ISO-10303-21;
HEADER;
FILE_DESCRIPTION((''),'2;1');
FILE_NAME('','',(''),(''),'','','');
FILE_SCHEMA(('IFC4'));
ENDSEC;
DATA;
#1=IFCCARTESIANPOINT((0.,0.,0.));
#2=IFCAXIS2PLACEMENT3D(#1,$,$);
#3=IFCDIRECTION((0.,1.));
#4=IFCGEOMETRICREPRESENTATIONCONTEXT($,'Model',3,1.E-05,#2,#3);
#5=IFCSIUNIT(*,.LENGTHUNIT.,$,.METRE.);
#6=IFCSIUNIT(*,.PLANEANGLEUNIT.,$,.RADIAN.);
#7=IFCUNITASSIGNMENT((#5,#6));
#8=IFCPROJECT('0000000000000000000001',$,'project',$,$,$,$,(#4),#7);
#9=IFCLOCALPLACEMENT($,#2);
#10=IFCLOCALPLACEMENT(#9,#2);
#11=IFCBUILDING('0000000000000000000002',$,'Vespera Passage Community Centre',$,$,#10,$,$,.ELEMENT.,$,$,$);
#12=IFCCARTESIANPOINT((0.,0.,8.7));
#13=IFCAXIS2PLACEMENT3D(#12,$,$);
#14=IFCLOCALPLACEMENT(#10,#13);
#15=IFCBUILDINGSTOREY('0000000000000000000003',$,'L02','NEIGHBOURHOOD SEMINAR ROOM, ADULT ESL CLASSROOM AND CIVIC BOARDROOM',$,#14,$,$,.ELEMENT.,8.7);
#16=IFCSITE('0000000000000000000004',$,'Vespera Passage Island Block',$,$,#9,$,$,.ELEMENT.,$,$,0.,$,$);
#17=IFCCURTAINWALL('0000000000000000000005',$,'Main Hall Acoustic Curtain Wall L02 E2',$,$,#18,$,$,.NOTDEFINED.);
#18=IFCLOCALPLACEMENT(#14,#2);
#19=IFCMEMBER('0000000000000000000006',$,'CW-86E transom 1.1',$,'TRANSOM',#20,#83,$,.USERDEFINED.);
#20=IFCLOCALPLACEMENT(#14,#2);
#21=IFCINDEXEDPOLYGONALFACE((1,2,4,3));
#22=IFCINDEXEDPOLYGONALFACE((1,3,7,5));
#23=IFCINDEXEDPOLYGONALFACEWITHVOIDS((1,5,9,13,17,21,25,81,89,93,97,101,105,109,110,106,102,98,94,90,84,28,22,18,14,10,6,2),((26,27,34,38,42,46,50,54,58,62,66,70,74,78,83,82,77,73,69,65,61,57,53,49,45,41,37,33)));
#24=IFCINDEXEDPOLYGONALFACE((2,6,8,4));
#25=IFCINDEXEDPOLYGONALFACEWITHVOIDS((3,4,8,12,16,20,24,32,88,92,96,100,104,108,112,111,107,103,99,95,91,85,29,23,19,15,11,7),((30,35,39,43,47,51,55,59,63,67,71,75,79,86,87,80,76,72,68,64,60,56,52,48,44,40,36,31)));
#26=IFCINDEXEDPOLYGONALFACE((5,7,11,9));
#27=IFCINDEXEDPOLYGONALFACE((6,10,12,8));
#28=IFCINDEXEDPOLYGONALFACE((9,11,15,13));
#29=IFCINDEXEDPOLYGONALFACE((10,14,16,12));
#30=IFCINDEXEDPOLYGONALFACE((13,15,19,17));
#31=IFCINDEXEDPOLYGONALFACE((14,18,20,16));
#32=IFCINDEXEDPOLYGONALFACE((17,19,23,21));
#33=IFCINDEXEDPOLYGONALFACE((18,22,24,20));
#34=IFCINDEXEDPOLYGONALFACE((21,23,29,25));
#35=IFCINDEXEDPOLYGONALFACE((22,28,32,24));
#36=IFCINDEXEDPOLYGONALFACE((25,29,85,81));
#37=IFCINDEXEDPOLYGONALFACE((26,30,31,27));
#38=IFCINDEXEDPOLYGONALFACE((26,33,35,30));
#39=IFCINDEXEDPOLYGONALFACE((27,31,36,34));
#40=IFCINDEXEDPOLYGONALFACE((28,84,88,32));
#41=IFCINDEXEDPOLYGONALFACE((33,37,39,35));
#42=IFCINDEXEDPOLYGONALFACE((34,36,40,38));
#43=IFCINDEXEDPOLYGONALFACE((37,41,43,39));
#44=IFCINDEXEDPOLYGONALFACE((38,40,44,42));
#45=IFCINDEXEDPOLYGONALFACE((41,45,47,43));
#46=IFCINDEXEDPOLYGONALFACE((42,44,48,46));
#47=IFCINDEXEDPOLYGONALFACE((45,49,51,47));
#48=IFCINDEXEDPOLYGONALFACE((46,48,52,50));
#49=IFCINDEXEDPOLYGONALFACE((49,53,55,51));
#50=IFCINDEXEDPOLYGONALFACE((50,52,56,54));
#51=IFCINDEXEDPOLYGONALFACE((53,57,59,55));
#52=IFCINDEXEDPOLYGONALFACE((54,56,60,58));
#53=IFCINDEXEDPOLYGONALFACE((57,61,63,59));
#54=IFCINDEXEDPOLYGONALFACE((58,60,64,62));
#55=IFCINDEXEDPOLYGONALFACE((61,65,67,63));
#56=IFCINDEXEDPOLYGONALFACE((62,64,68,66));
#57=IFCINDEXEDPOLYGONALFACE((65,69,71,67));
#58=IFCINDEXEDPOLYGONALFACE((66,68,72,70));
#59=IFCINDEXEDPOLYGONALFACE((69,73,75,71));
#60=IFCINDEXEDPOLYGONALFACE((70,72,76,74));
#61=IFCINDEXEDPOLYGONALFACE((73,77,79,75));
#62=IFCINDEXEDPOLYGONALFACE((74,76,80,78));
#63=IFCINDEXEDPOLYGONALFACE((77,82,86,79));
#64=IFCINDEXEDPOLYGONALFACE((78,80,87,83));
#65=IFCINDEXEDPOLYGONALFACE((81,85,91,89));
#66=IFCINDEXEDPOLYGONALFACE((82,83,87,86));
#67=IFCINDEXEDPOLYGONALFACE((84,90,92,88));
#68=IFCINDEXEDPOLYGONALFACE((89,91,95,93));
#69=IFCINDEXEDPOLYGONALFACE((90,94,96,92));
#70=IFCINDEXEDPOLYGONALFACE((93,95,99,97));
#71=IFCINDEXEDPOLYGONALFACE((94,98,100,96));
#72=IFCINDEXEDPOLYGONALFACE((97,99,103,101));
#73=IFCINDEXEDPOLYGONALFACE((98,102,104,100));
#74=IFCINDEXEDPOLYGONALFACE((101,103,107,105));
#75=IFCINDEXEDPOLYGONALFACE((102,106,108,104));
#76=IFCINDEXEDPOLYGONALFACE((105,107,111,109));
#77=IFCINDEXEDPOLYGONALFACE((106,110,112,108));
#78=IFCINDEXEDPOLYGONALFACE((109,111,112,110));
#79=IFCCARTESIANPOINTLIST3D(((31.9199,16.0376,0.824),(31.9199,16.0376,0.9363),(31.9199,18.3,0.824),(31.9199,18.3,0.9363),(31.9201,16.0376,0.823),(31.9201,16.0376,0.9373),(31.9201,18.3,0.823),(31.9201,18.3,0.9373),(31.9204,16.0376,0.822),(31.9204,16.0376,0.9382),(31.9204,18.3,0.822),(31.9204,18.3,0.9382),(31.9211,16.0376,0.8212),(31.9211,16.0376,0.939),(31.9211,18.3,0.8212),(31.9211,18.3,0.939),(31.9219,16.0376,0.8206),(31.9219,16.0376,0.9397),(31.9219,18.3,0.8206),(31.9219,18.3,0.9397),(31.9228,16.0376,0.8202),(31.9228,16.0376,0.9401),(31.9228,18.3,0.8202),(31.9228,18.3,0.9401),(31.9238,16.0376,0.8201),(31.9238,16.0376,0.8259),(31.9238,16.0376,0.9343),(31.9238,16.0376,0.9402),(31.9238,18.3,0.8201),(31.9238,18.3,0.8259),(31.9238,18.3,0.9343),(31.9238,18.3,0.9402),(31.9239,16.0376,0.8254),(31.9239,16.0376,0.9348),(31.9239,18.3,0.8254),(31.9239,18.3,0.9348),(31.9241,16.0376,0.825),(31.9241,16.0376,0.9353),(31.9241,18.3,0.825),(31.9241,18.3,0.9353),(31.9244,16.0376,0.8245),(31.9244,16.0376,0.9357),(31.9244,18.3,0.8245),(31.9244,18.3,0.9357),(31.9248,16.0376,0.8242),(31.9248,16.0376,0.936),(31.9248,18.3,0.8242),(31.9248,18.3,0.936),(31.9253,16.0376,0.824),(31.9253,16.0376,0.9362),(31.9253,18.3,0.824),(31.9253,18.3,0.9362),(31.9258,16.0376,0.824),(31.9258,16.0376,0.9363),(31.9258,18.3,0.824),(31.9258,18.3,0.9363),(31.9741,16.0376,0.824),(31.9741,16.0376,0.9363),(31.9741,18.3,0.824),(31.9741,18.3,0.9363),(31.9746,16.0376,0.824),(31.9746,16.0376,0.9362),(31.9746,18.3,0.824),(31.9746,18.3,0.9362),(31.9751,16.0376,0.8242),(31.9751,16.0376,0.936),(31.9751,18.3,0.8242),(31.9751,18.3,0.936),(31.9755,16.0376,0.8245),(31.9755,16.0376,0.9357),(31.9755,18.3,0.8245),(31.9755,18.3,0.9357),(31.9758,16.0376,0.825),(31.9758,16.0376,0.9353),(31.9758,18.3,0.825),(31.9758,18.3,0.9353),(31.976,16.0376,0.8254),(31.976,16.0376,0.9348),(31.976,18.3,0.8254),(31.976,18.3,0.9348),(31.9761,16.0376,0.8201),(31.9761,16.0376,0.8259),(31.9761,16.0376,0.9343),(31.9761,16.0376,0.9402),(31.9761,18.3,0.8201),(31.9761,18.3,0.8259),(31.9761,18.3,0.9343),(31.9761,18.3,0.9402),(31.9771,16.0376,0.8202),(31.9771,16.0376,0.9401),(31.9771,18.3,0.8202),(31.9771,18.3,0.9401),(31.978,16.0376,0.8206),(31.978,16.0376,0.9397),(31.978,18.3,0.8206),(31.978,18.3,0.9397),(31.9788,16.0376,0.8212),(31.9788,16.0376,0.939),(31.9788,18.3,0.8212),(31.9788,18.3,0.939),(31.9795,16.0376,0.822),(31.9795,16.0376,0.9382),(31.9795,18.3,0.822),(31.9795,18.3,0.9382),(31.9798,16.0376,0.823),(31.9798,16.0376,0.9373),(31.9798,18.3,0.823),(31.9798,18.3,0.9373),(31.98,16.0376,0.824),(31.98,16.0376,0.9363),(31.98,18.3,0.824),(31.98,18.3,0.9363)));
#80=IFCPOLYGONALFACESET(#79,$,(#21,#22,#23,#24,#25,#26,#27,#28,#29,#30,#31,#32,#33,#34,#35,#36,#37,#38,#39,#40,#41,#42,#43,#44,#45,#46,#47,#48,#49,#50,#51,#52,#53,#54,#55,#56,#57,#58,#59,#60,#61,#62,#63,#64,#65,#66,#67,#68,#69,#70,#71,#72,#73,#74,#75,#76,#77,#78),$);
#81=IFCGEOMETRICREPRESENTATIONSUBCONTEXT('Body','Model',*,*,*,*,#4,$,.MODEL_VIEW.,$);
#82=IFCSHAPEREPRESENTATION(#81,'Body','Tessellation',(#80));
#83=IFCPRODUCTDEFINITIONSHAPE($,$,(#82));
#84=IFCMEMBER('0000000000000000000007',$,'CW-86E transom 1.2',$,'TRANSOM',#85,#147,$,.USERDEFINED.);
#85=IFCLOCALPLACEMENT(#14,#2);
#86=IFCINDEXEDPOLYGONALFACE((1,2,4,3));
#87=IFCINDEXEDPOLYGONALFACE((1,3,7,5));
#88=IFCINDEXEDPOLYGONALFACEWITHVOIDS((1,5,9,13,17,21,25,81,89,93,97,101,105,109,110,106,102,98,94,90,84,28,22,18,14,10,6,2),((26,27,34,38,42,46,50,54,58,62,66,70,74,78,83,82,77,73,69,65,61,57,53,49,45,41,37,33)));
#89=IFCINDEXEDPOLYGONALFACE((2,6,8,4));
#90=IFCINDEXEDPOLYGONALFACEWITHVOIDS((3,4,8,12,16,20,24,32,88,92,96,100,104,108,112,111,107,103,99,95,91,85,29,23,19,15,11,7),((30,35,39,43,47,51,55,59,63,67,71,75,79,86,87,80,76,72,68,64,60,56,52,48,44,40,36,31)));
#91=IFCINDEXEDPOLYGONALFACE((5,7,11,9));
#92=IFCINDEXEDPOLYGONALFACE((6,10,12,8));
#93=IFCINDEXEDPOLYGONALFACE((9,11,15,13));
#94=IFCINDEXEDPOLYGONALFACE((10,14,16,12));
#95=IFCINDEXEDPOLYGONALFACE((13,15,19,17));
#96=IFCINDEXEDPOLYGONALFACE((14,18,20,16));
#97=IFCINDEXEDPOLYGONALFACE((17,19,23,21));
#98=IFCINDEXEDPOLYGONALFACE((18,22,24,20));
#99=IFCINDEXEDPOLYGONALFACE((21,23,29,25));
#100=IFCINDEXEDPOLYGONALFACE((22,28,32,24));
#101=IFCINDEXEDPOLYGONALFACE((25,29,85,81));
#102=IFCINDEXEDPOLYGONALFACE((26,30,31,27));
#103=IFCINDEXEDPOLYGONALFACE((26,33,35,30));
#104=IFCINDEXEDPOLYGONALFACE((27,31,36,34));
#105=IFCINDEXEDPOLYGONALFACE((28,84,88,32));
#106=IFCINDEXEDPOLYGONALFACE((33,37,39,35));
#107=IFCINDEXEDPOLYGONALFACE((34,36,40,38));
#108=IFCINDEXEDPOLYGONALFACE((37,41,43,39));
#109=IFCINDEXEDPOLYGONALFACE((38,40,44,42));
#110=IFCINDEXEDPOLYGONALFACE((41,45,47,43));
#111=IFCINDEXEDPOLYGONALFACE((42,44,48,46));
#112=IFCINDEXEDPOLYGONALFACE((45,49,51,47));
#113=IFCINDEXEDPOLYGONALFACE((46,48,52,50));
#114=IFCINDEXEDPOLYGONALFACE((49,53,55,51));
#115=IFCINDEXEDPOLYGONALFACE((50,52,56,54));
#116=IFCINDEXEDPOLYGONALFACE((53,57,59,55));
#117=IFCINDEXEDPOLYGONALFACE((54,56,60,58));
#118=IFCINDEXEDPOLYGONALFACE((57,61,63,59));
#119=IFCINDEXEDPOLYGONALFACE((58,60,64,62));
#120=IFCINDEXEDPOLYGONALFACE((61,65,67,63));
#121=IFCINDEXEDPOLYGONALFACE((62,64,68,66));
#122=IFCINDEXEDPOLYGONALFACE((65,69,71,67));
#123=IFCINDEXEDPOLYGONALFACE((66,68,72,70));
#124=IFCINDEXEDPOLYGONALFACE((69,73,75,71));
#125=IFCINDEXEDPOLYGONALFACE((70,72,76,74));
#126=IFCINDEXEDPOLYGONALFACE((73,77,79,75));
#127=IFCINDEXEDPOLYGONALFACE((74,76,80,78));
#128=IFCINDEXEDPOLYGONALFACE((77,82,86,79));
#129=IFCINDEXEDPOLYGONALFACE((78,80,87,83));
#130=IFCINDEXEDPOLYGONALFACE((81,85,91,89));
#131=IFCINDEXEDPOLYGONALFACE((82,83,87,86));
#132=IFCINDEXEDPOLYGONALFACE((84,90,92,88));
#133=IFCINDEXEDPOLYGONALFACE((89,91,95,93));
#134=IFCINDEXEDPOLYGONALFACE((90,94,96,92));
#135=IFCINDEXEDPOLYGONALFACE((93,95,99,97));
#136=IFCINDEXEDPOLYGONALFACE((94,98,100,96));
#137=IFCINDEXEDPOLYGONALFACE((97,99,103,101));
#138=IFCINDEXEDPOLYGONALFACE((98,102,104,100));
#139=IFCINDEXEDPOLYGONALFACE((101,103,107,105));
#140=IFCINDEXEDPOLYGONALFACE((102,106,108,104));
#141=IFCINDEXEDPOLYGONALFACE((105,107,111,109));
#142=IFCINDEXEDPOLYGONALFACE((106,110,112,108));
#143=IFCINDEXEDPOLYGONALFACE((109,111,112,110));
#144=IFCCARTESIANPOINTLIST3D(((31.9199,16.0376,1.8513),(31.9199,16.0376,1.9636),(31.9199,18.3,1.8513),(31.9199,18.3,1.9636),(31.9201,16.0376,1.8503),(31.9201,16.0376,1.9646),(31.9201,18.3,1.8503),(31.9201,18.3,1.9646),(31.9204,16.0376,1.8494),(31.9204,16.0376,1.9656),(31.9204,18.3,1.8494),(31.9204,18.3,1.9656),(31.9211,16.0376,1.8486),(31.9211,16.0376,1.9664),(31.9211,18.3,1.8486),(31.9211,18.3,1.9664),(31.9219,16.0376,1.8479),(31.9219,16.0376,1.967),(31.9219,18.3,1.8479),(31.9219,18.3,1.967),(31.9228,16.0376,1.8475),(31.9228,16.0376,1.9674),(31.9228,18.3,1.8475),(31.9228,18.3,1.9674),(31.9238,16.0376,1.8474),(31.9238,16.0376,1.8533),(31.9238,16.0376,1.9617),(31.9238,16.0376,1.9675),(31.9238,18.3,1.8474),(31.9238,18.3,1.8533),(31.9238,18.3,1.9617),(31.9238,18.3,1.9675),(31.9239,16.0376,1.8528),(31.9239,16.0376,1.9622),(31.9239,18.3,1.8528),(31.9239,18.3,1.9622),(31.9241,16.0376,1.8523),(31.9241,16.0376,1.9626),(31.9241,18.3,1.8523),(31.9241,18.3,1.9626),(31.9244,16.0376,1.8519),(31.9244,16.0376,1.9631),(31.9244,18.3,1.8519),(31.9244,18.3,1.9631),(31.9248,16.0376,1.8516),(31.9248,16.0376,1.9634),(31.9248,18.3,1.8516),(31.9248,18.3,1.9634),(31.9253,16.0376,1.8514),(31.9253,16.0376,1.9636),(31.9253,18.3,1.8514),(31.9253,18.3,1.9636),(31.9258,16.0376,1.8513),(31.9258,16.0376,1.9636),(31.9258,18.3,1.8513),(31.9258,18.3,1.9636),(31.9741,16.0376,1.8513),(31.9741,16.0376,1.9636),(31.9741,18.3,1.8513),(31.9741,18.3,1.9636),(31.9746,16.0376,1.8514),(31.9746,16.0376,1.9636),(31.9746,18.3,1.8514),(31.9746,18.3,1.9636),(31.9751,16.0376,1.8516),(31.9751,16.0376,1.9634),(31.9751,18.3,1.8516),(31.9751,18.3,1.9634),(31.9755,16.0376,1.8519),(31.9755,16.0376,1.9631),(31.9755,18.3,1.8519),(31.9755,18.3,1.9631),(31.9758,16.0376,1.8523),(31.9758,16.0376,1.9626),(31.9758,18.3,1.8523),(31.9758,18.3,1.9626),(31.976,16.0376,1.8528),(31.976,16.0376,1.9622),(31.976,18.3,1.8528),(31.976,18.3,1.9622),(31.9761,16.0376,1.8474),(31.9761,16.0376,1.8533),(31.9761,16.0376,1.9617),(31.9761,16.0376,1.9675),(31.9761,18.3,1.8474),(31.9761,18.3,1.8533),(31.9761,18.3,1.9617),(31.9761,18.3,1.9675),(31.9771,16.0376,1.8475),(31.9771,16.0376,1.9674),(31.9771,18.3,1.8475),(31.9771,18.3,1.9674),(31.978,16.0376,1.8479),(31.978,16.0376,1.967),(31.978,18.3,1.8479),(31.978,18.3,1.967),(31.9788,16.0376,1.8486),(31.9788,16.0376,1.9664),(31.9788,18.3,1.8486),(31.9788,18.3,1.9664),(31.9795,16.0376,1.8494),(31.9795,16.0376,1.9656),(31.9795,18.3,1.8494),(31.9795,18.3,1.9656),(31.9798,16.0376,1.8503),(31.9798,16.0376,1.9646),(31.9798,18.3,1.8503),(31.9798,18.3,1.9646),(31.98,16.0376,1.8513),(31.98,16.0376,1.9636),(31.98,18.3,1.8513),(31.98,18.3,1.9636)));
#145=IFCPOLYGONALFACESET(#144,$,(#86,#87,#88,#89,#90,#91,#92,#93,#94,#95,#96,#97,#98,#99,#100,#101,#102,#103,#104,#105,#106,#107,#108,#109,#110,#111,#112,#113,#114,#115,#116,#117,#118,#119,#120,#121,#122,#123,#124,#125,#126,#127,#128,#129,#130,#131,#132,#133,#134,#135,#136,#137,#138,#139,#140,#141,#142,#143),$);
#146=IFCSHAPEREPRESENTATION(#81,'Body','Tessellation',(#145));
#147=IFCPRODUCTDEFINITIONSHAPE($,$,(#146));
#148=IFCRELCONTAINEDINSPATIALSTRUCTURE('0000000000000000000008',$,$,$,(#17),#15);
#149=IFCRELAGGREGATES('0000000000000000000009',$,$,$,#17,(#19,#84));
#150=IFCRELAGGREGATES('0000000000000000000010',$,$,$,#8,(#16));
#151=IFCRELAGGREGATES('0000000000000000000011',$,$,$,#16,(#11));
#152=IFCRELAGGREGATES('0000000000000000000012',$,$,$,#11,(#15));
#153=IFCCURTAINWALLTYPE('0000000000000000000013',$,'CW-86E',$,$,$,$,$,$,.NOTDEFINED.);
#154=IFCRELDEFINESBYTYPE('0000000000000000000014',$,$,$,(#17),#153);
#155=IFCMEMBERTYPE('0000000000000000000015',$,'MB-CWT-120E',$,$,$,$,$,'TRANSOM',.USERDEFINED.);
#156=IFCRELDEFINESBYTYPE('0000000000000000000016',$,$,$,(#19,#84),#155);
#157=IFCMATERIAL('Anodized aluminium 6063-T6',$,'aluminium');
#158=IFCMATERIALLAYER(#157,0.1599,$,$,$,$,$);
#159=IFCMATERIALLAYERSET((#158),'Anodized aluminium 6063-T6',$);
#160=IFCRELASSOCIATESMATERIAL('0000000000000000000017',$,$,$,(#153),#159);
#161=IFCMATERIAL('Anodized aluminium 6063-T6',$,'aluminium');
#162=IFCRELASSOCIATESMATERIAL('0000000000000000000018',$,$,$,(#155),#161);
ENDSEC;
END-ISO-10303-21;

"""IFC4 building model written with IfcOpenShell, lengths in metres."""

from ifc_helpers import new_model, si_unit, direction, frame, origin, origin_2d, place, context, subcontext, project, spatial, hollow_rectangle, extrude, material, layer, layer_set, material_profile, profile_set, type_object, element, aggregate, save


model = new_model("IFC4")

# Units and contexts
model_context = context("Model", 3, precision=1e-05, world=origin(), true_north=direction((0.0, 1.0)))
body_context = subcontext(model_context, "Body", "Model", "MODEL_VIEW")
ifc_project = project(units=[si_unit("LENGTHUNIT", "METRE"), si_unit("PLANEANGLEUNIT", "RADIAN")], contexts=[model_context])

# Site, building, storey
site_placement = place(None, origin())
site = spatial("IfcSite", under=ifc_project, at=site_placement, Name="Vespera Passage Island Block", CompositionType="ELEMENT", RefElevation=0.0)
building_placement = place(site_placement, origin())
building = spatial("IfcBuilding", under=site, at=building_placement, Name="Vespera Passage Community Centre", CompositionType="ELEMENT")
storey_placement = place(building_placement, frame((0.0, 0.0, 8.7)))
storey = spatial("IfcBuildingStorey", under=building, at=storey_placement, Name="L02", Description="NEIGHBOURHOOD SEMINAR ROOM, ADULT ESL CLASSROOM AND CIVIC BOARDROOM", CompositionType="ELEMENT", Elevation=8.7)

# Curtain wall
ifc_material_1 = material(Name="Anodized aluminium 6063-T6", Category="aluminium")
ifc_layer_1 = layer(ifc_material_1, 0.1599)
ifc_layer_set_1 = layer_set([ifc_layer_1], Name="Anodized aluminium 6063-T6")
curtain_wall_type = type_object("IfcCurtainWallType", Name="CW-86E", PredefinedType="NOTDEFINED", material=ifc_layer_set_1)
curtain_wall_1_placement = place(storey_placement, origin())
curtain_wall_1 = element("IfcCurtainWall", 1, at=curtain_wall_1_placement, inside=storey, type_object=curtain_wall_type, Name="Main Hall Acoustic Curtain Wall L02 E2", PredefinedType="NOTDEFINED")

# Members
ifc_material_2 = material(Name="Anodized aluminium 6063-T6", Category="aluminium")
ifc_material_profile_1 = material_profile(ifc_material_2, hollow_rectangle(XDim=0.0601, YDim=0.1201, WallThickness=0.0039, InnerFilletRadius=0.002, OuterFilletRadius=0.0039, at=origin_2d()), Name="ALU120X60X4")
ifc_profile_set_1 = profile_set([ifc_material_profile_1], Name="Anodized aluminium 6063-T6")
member_type_1 = type_object("IfcMemberType", Name="MB-CWT-120E", ElementType="TRANSOM", PredefinedType="USERDEFINED", material=ifc_profile_set_1)
member_1_placement = place(storey_placement, frame((31.95, 18.3, 0.8801), z_axis=(0.0, -1.0, 0.0), x_axis=(1.0, 0.0, 0.0)))
member_1 = element("IfcMember", 2, at=member_1_placement, type_object=member_type_1, Name="CW-86E transom 1.1", ObjectType="TRANSOM", PredefinedType="USERDEFINED", context=body_context, shape_type="SweptSolid", body=[
    extrude(hollow_rectangle(XDim=0.0601, YDim=0.1201, WallThickness=0.0039, InnerFilletRadius=0.002, OuterFilletRadius=0.0039, at=origin_2d()), origin(), (0.0, 0.0, 1.0), 2.2625),
])
member_2_placement = place(storey_placement, frame((31.95, 18.3, 1.9075), z_axis=(0.0, -1.0, 0.0), x_axis=(1.0, 0.0, 0.0)))
member_2 = element("IfcMember", 3, at=member_2_placement, type_object=member_type_1, Name="CW-86E transom 1.2", ObjectType="TRANSOM", PredefinedType="USERDEFINED", context=body_context, shape_type="SweptSolid", body=[
    extrude(hollow_rectangle(XDim=0.0601, YDim=0.1201, WallThickness=0.0039, InnerFilletRadius=0.002, OuterFilletRadius=0.0039, at=origin_2d()), origin(), (0.0, 0.0, 1.0), 2.2625),
])

aggregate(curtain_wall_1, [member_1, member_2])

save(model, "model.ifc")
